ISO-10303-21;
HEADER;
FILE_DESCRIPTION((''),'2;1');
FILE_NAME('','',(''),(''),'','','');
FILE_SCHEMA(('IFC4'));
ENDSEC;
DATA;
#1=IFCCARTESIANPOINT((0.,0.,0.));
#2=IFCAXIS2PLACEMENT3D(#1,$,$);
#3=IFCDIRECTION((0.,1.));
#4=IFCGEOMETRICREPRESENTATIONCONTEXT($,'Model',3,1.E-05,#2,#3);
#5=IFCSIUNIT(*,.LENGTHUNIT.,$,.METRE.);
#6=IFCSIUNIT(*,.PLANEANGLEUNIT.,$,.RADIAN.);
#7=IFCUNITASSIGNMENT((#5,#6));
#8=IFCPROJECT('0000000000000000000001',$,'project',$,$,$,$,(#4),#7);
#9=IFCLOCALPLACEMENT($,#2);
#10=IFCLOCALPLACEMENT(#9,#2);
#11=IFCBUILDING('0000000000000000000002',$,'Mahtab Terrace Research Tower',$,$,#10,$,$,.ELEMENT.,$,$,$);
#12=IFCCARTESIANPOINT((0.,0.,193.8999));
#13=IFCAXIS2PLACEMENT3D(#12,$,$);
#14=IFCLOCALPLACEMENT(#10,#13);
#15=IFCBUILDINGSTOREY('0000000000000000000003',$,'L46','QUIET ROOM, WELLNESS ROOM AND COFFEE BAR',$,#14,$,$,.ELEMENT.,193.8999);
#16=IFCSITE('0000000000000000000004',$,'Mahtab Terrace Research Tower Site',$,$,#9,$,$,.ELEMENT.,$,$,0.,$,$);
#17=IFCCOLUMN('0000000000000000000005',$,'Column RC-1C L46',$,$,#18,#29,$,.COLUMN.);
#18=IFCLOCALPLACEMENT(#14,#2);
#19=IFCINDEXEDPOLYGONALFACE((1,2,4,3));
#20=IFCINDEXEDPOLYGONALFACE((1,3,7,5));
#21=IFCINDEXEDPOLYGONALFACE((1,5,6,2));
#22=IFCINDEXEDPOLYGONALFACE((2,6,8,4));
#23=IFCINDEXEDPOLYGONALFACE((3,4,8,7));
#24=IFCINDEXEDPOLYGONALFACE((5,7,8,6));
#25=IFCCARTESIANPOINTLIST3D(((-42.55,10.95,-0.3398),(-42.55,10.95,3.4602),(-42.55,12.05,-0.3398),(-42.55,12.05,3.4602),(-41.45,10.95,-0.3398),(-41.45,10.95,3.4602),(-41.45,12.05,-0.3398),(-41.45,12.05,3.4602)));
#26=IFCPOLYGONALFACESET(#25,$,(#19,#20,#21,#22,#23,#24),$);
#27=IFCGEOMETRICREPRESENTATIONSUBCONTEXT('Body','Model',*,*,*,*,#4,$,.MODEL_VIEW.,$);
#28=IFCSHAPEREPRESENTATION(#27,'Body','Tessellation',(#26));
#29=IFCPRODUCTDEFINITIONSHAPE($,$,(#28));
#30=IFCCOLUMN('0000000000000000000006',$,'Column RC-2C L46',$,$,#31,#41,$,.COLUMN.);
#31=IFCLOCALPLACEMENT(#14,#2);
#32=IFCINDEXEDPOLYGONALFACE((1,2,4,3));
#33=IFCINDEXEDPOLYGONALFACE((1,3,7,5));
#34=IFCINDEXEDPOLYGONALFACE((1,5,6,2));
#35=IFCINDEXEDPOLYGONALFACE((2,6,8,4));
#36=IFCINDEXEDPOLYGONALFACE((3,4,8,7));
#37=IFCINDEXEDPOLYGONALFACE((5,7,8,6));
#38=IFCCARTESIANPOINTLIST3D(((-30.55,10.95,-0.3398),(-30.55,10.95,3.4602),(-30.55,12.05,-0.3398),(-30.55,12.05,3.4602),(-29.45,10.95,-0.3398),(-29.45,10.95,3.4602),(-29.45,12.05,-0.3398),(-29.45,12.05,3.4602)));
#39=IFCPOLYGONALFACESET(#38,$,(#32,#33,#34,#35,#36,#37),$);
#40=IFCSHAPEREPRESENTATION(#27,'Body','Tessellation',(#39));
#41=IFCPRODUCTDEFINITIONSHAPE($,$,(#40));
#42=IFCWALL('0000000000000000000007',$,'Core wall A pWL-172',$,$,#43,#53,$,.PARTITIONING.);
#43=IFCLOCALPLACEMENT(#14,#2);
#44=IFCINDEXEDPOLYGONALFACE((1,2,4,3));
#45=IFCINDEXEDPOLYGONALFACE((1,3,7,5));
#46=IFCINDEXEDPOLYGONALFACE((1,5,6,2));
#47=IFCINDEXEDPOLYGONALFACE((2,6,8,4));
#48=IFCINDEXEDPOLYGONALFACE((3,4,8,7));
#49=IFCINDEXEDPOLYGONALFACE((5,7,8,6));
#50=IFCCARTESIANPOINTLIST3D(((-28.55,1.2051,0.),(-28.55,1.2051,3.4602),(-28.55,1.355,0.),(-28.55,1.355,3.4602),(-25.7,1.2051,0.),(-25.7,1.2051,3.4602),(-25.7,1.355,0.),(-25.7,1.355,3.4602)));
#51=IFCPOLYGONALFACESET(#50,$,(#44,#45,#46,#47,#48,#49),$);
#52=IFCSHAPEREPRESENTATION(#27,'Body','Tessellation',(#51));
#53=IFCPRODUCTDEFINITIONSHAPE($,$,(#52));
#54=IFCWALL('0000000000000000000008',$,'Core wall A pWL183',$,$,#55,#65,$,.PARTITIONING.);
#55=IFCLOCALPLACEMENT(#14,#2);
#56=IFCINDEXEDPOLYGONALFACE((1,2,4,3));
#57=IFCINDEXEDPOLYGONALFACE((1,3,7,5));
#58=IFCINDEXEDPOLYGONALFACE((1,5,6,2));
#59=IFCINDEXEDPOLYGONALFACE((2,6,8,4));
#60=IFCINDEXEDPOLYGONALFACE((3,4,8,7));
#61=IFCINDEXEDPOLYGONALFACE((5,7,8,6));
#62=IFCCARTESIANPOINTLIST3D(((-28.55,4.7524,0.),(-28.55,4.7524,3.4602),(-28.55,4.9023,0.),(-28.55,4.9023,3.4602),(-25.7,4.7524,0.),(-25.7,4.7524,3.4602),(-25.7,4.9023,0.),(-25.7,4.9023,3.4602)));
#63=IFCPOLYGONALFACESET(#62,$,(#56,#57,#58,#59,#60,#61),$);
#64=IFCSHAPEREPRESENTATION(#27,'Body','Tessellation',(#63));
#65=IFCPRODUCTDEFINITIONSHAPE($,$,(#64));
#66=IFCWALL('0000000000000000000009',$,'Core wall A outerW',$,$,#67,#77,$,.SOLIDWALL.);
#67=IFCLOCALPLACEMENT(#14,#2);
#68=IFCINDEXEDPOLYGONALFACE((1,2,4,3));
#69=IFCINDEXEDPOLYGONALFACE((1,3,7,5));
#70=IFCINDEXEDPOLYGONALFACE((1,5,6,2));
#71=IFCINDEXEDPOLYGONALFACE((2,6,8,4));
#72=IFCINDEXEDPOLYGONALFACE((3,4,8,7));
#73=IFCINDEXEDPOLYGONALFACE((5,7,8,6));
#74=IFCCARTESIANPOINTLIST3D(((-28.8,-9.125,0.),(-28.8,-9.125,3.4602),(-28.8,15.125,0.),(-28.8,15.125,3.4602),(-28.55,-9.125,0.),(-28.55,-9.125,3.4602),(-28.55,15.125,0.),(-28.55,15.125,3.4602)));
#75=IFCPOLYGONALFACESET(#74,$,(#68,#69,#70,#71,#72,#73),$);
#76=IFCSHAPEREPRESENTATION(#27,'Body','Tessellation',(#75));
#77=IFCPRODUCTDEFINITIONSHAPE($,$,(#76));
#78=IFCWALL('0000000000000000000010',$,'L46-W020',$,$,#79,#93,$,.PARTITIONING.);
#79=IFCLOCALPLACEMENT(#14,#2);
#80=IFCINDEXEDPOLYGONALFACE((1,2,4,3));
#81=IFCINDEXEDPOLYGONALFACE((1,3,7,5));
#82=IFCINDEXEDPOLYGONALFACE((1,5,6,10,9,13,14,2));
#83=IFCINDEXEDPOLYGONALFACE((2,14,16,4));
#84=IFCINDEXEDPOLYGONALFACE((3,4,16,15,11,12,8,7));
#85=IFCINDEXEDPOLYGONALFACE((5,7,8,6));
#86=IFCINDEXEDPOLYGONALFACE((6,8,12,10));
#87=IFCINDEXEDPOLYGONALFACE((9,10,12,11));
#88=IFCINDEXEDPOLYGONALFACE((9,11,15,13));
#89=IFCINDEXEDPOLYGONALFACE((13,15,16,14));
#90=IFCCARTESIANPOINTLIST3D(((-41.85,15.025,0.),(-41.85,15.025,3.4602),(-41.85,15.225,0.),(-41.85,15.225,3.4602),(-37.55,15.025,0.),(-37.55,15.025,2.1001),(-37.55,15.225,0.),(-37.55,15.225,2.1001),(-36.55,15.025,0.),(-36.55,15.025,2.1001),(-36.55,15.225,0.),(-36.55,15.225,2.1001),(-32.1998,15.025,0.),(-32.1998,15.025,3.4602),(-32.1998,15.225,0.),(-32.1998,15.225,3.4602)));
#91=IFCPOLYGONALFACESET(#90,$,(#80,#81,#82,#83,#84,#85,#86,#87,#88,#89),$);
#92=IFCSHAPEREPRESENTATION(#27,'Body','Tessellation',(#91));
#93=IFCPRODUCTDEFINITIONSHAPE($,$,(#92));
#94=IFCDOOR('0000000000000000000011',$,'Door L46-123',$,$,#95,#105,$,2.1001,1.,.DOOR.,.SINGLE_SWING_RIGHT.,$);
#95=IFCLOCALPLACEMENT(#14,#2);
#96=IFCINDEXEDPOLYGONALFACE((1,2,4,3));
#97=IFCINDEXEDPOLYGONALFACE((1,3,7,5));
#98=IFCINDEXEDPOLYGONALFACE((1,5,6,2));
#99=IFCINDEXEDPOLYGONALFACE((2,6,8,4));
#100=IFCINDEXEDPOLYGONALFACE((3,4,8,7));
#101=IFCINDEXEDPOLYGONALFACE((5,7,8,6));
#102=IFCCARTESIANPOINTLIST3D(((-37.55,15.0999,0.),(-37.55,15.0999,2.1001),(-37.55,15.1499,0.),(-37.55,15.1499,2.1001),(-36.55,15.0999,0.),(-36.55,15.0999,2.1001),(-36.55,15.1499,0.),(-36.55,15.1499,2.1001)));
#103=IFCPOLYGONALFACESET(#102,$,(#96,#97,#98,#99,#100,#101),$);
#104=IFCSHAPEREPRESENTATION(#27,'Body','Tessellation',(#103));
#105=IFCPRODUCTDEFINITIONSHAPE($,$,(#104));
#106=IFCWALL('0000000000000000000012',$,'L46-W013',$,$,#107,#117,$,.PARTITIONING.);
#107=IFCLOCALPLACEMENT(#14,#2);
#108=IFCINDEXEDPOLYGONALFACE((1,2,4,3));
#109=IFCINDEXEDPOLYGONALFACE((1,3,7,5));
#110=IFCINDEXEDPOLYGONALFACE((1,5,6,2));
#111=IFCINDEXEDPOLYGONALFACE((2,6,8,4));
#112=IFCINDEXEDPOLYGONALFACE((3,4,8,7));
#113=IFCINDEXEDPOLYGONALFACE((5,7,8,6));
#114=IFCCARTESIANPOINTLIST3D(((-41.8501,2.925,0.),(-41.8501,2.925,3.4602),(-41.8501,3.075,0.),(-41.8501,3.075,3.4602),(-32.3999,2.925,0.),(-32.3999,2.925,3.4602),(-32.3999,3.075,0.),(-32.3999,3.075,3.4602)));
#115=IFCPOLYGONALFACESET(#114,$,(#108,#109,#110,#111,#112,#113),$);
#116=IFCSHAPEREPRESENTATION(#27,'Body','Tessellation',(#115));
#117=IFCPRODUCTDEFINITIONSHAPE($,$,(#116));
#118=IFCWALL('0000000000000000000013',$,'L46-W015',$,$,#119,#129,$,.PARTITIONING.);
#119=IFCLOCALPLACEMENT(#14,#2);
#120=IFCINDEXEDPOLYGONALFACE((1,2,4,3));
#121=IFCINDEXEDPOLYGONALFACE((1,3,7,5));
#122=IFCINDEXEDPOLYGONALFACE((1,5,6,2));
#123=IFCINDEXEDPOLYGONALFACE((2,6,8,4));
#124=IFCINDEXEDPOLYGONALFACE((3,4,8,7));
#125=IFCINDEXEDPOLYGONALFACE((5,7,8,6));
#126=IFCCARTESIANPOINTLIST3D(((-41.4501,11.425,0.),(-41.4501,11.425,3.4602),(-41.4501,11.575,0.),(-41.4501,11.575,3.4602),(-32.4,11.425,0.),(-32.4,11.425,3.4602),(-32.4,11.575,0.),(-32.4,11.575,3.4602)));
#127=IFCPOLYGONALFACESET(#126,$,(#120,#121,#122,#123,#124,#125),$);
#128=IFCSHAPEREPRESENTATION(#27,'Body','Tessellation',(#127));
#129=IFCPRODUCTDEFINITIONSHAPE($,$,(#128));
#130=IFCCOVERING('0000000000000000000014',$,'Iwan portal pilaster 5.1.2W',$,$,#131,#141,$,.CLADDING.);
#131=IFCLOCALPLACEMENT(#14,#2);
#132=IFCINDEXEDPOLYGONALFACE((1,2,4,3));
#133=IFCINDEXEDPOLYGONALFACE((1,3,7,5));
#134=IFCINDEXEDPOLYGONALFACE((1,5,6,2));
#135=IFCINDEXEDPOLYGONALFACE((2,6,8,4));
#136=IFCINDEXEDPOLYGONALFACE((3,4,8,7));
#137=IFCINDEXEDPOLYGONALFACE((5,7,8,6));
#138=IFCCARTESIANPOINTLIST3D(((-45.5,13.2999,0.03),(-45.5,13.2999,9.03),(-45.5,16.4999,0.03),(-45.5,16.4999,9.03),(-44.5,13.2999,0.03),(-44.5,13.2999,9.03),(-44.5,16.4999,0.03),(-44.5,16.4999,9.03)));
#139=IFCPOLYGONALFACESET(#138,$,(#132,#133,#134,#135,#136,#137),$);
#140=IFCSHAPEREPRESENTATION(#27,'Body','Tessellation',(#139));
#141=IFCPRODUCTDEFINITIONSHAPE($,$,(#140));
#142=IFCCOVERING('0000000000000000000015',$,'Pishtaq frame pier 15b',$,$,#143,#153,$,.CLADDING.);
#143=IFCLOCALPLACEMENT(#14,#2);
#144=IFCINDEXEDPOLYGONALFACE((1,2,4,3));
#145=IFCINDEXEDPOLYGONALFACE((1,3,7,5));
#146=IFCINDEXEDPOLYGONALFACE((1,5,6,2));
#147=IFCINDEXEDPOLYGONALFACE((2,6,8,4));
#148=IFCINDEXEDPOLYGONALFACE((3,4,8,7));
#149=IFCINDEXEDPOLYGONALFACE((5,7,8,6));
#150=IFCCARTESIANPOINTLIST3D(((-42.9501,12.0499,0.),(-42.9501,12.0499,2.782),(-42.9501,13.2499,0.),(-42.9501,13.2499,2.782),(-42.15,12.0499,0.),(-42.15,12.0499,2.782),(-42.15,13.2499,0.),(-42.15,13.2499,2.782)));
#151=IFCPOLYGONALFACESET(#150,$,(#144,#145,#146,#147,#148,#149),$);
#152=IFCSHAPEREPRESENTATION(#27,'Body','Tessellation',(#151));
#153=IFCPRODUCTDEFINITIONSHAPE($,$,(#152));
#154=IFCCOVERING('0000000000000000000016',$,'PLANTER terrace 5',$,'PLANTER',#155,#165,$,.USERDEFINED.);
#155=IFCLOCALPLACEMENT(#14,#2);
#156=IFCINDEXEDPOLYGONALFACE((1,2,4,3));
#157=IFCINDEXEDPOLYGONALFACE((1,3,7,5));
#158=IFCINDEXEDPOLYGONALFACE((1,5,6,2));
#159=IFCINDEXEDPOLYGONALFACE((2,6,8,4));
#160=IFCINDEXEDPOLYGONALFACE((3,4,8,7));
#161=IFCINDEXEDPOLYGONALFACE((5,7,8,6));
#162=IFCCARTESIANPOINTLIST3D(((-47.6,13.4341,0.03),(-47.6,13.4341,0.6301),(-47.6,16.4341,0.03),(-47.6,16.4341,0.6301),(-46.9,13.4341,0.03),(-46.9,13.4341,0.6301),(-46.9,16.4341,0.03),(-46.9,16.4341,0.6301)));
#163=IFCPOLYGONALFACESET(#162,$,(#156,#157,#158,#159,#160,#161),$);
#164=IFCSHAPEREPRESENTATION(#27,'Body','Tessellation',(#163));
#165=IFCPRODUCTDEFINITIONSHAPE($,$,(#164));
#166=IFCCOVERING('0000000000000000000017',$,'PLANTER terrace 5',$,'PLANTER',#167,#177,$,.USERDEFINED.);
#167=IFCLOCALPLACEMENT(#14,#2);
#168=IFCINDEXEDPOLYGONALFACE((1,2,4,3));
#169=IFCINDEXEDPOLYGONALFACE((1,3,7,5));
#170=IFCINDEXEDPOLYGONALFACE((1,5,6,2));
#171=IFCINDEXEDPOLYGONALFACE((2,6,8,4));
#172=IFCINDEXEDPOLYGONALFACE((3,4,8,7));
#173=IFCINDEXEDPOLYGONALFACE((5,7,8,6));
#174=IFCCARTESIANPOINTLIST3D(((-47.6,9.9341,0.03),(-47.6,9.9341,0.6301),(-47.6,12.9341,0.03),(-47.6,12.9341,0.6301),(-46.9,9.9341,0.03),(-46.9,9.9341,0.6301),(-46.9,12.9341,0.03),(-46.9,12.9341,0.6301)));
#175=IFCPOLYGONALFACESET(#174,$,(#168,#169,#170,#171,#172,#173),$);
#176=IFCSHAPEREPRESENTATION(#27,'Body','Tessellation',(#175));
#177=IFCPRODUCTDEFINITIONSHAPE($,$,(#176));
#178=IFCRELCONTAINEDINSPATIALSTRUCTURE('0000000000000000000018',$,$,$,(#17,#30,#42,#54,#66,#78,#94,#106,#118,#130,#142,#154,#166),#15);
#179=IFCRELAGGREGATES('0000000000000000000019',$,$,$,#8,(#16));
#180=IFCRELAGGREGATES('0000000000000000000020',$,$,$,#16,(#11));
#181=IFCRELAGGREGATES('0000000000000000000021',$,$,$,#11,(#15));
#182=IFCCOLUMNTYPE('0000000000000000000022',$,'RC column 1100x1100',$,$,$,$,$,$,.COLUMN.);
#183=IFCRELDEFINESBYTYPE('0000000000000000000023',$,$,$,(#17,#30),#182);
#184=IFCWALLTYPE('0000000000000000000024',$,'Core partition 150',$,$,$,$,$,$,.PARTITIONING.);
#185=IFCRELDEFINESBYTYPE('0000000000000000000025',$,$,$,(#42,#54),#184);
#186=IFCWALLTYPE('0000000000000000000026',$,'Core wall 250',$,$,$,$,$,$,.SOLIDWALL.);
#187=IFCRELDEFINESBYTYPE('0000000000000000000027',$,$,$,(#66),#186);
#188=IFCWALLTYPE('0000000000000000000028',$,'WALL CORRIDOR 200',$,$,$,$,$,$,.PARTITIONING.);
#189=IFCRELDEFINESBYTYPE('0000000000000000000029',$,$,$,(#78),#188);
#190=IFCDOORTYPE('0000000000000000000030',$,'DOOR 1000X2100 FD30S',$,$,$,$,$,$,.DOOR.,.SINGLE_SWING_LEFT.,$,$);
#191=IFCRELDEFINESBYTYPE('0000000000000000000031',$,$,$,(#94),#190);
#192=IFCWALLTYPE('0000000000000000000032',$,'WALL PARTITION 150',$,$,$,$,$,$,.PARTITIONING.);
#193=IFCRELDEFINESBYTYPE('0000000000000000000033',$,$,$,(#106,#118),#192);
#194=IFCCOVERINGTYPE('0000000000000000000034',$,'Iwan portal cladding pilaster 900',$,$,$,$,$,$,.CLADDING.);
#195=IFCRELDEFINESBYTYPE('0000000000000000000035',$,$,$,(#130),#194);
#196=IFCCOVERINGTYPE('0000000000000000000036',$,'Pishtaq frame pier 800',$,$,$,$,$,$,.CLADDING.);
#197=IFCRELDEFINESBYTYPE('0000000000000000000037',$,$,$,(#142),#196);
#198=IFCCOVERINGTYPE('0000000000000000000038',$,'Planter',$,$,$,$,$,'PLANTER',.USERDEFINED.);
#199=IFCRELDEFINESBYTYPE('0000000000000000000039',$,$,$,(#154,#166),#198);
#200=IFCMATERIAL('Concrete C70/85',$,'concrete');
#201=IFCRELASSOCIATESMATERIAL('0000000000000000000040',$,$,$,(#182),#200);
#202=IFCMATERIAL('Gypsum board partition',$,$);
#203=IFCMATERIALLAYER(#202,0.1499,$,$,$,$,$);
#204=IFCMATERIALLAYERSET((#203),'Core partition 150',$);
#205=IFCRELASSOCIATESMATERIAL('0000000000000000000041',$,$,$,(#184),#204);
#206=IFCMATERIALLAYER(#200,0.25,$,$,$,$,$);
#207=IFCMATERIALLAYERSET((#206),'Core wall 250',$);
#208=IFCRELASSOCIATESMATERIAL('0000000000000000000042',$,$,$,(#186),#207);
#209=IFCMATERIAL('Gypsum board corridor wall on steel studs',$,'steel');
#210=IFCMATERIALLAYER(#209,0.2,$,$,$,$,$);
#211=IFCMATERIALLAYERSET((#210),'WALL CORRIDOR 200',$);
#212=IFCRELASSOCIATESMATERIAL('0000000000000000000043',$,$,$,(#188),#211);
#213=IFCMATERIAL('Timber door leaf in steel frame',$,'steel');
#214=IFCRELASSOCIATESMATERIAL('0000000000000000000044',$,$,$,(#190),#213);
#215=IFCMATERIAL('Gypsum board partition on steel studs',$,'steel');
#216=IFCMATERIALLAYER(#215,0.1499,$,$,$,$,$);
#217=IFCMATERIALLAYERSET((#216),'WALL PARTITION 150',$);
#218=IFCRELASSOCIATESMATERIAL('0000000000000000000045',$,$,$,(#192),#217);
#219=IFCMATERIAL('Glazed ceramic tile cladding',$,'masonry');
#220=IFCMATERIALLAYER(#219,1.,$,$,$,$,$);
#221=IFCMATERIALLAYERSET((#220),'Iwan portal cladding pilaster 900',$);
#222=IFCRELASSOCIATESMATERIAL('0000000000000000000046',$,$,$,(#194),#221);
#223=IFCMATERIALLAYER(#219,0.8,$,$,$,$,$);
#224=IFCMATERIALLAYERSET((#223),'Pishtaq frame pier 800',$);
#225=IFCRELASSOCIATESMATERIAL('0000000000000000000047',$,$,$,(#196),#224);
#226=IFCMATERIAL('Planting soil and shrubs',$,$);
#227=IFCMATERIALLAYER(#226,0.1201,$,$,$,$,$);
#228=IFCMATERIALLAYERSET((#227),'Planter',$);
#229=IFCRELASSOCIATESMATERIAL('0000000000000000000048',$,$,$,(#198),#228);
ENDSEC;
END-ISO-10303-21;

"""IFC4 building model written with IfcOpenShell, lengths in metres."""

from ifc_helpers import new_model, si_unit, direction, frame, frame_2d, origin, origin_2d, place, context, subcontext, project, spatial, rectangle, extrude, material, layer, layer_set, material_profile, profile_set, type_object, element, fill, save


model = new_model("IFC4")

# Units and contexts
model_context = context("Model", 3, precision=1e-05, world=origin(), true_north=direction((0.0, 1.0)))
body_context = subcontext(model_context, "Body", "Model", "MODEL_VIEW")
ifc_project = project(units=[si_unit("LENGTHUNIT", "METRE"), si_unit("PLANEANGLEUNIT", "RADIAN")], contexts=[model_context])

# Site, building, storey
site_placement = place(None, origin())
site = spatial("IfcSite", under=ifc_project, at=site_placement, Name="Mahtab Terrace Research Tower Site", CompositionType="ELEMENT", RefElevation=0.0)
building_placement = place(site_placement, origin())
building = spatial("IfcBuilding", under=site, at=building_placement, Name="Mahtab Terrace Research Tower", CompositionType="ELEMENT")
storey_placement = place(building_placement, frame((0.0, 0.0, 193.8999)))
storey = spatial("IfcBuildingStorey", under=building, at=storey_placement, Name="L46", Description="QUIET ROOM, WELLNESS ROOM AND COFFEE BAR", CompositionType="ELEMENT", Elevation=193.8999)

# Columns
ifc_material_1 = material(Name="Concrete C70/85", Category="concrete")
ifc_material_profile = material_profile(ifc_material_1, rectangle(XDim=1.1001, YDim=1.1001, at=origin_2d()), Name="RC column 1100x1100")
ifc_profile_set = profile_set([ifc_material_profile], Name="Concrete C70/85")
column_type = type_object("IfcColumnType", Name="RC column 1100x1100", PredefinedType="COLUMN", material=ifc_profile_set)
for number, where, z_axis, x_axis, name in (
    (1, (-42.0, 11.5, -0.3398), (0.0, 0.0, 1.0), (1.0, 0.0, 0.0), "Column RC-1C L46"),
    (2, (-30.0, 11.5, -0.3398), (0.0, 0.0, 1.0), (1.0, 0.0, 0.0), "Column RC-2C L46"),
):
    element("IfcColumn", number, at=place(storey_placement, frame(where, z_axis=z_axis, x_axis=x_axis)), inside=storey, type_object=column_type, Name=name, PredefinedType="COLUMN", context=body_context, shape_type="SweptSolid", body=[
        extrude(rectangle(XDim=1.1001, YDim=1.1001, at=origin_2d()), origin(), (0.0, 0.0, 1.0), 3.8),
    ])

# Walls
ifc_material_2 = material(Name="Gypsum board partition")
ifc_layer_1 = layer(ifc_material_2, 0.1499)
ifc_layer_set_1 = layer_set([ifc_layer_1], Name="Core partition 150")
wall_type_1 = type_object("IfcWallType", Name="Core partition 150", PredefinedType="PARTITIONING", material=ifc_layer_set_1)
for number, where, z_axis, x_axis, name in (
    (3, (-28.55, 1.28, 0.0), (0.0, 0.0, 1.0), (1.0, 0.0, 0.0), "Core wall A pWL-172"),
    (4, (-28.55, 4.8274, 0.0), (0.0, 0.0, 1.0), (1.0, 0.0, 0.0), "Core wall A pWL183"),
):
    element("IfcWall", number, at=place(storey_placement, frame(where, z_axis=z_axis, x_axis=x_axis)), inside=storey, type_object=wall_type_1, Name=name, PredefinedType="PARTITIONING", context=body_context, shape_type="SweptSolid", body=[
        extrude(rectangle(XDim=2.8501, YDim=0.1499, at=frame_2d((1.425, 0.0))), origin(), (0.0, 0.0, 1.0), 3.4602),
    ])
ifc_layer_2 = layer(ifc_material_1, 0.25)
ifc_layer_set_2 = layer_set([ifc_layer_2], Name="Core wall 250")
wall_type_2 = type_object("IfcWallType", Name="Core wall 250", PredefinedType="SOLIDWALL", material=ifc_layer_set_2)
wall_1_placement = place(storey_placement, frame((-28.675, 15.125, 0.0), z_axis=(0.0, 0.0, 1.0), x_axis=(0.0, -1.0, 0.0)))
element("IfcWall", 5, at=wall_1_placement, inside=storey, type_object=wall_type_2, Name="Core wall A outerW", PredefinedType="SOLIDWALL", context=body_context, shape_type="SweptSolid", body=[
    extrude(rectangle(XDim=24.25, YDim=0.25, at=frame_2d((12.125, 0.0))), origin(), (0.0, 0.0, 1.0), 3.4602),
])

# Wall, opening, door
ifc_material_3 = material(Name="Gypsum board corridor wall on steel studs", Category="steel")
ifc_layer_3 = layer(ifc_material_3, 0.2)
ifc_layer_set_3 = layer_set([ifc_layer_3], Name="WALL CORRIDOR 200")
wall_type_3 = type_object("IfcWallType", Name="WALL CORRIDOR 200", PredefinedType="PARTITIONING", material=ifc_layer_set_3)
wall_2_placement = place(storey_placement, frame((-41.8501, 15.125, 0.0), z_axis=(0.0, 0.0, 1.0), x_axis=(1.0, 0.0, 0.0)))
wall_2 = element("IfcWall", 6, at=wall_2_placement, inside=storey, type_object=wall_type_3, Name="L46-W020", PredefinedType="PARTITIONING", context=body_context, shape_type="SweptSolid", body=[
    extrude(rectangle(XDim=9.6501, YDim=0.2, at=frame_2d((4.8252, 0.0))), origin(), (0.0, 0.0, 1.0), 3.4602),
])
opening_1_placement = place(wall_2_placement, frame((4.3, 0.0, 0.0)))
opening_1 = element("IfcOpeningElement", 7, at=opening_1_placement, cuts=wall_2, PredefinedType="OPENING", context=body_context, shape_type="SweptSolid", body=[
    extrude(rectangle(XDim=1.0, YDim=2.1001, at=frame_2d((0.5, 1.05))), frame((0.0, 0.1099, 0.0), z_axis=(0.0, -1.0, 0.0), x_axis=(1.0, 0.0, 0.0)), (0.0, 0.0, 1.0), 0.22),
])
ifc_material_4 = material(Name="Timber door leaf in steel frame", Category="steel")
door_type_1 = type_object("IfcDoorType", Name="DOOR 1000X2100 FD30S", OperationType="SINGLE_SWING_LEFT", PredefinedType="DOOR", material=ifc_material_4)
door_1_placement = place(opening_1_placement, origin())
door_1 = element("IfcDoor", 8, at=door_1_placement, inside=storey, type_object=door_type_1, Name="Door L46-123", OperationType="SINGLE_SWING_RIGHT", OverallHeight=2.1001, OverallWidth=1.0, PredefinedType="DOOR", context=body_context, shape_type="SweptSolid", body=[
    extrude(rectangle(XDim=1.0, YDim=2.1001, at=frame_2d((0.5, 1.05))), frame((0.0, 0.0249, 0.0), z_axis=(0.0, -1.0, 0.0), x_axis=(1.0, 0.0, 0.0)), (0.0, 0.0, 1.0), 0.05),
])
fill(opening_1, door_1)

# Walls
ifc_material_5 = material(Name="Gypsum board partition on steel studs", Category="steel")
ifc_layer_4 = layer(ifc_material_5, 0.1499)
ifc_layer_set_4 = layer_set([ifc_layer_4], Name="WALL PARTITION 150")
wall_type_4 = type_object("IfcWallType", Name="WALL PARTITION 150", PredefinedType="PARTITIONING", material=ifc_layer_set_4)
wall_3_placement = place(storey_placement, frame((-41.8501, 3.0, 0.0), z_axis=(0.0, 0.0, 1.0), x_axis=(1.0, 0.0, 0.0)))
element("IfcWall", 9, at=wall_3_placement, inside=storey, type_object=wall_type_4, Name="L46-W013", PredefinedType="PARTITIONING", context=body_context, shape_type="SweptSolid", body=[
    extrude(rectangle(XDim=9.4502, YDim=0.1499, at=frame_2d((4.7251, 0.0))), origin(), (0.0, 0.0, 1.0), 3.4602),
])
wall_4_placement = place(storey_placement, frame((-41.45, 11.5, 0.0), z_axis=(0.0, 0.0, 1.0), x_axis=(1.0, 0.0, 0.0)))
element("IfcWall", 10, at=wall_4_placement, inside=storey, type_object=wall_type_4, Name="L46-W015", PredefinedType="PARTITIONING", context=body_context, shape_type="SweptSolid", body=[
    extrude(rectangle(XDim=9.05, YDim=0.1499, at=frame_2d((4.5249, 0.0))), origin(), (0.0, 0.0, 1.0), 3.4602),
])

# Coverings
ifc_material_6 = material(Name="Glazed ceramic tile cladding", Category="masonry")
ifc_layer_5 = layer(ifc_material_6, 1.0)
ifc_layer_set_5 = layer_set([ifc_layer_5], Name="Iwan portal cladding pilaster 900")
covering_type_1 = type_object("IfcCoveringType", Name="Iwan portal cladding pilaster 900", PredefinedType="CLADDING", material=ifc_layer_set_5)
covering_1_placement = place(storey_placement, frame((-45.0, 14.8999, 0.03), z_axis=(0.0, 0.0, 1.0), x_axis=(0.0, -1.0, 0.0)))
element("IfcCovering", 11, at=covering_1_placement, inside=storey, type_object=covering_type_1, Name="Iwan portal pilaster 5.1.2W", PredefinedType="CLADDING", context=body_context, shape_type="SweptSolid", body=[
    extrude(rectangle(XDim=3.2, YDim=1.0, at=origin_2d()), origin(), (0.0, 0.0, 1.0), 9.0),
])
ifc_layer_6 = layer(ifc_material_6, 0.8)
ifc_layer_set_6 = layer_set([ifc_layer_6], Name="Pishtaq frame pier 800")
covering_type_2 = type_object("IfcCoveringType", Name="Pishtaq frame pier 800", PredefinedType="CLADDING", material=ifc_layer_set_6)
covering_2_placement = place(storey_placement, frame((-42.55, 12.6499, 0.0), z_axis=(0.0, 0.0, 1.0), x_axis=(0.0, -1.0, 0.0)))
element("IfcCovering", 12, at=covering_2_placement, inside=storey, type_object=covering_type_2, Name="Pishtaq frame pier 15b", PredefinedType="CLADDING", context=body_context, shape_type="SweptSolid", body=[
    extrude(rectangle(XDim=1.2, YDim=0.8, at=origin_2d()), origin(), (0.0, 0.0, 1.0), 2.782),
])
ifc_material_7 = material(Name="Planting soil and shrubs")
ifc_layer_7 = layer(ifc_material_7, 0.1201)
ifc_layer_set_7 = layer_set([ifc_layer_7], Name="Planter")
covering_type_3 = type_object("IfcCoveringType", Name="Planter", ElementType="PLANTER", PredefinedType="USERDEFINED", material=ifc_layer_set_7)
for number, where, z_axis, x_axis, name in (
    (13, (-47.25, 14.9341, 0.03), (0.0, 0.0, 1.0), (0.0, -1.0, 0.0), "PLANTER terrace 5"),
    (14, (-47.25, 11.4341, 0.03), (0.0, 0.0, 1.0), (0.0, -1.0, 0.0), "PLANTER terrace 5"),
):
    element("IfcCovering", number, at=place(storey_placement, frame(where, z_axis=z_axis, x_axis=x_axis)), inside=storey, type_object=covering_type_3, Name=name, ObjectType="PLANTER", PredefinedType="USERDEFINED", context=body_context, shape_type="SweptSolid", body=[
        extrude(rectangle(XDim=3.0, YDim=0.7, at=origin_2d()), origin(), (0.0, 0.0, 1.0), 0.6001),
    ])

save(model, "model.ifc")
